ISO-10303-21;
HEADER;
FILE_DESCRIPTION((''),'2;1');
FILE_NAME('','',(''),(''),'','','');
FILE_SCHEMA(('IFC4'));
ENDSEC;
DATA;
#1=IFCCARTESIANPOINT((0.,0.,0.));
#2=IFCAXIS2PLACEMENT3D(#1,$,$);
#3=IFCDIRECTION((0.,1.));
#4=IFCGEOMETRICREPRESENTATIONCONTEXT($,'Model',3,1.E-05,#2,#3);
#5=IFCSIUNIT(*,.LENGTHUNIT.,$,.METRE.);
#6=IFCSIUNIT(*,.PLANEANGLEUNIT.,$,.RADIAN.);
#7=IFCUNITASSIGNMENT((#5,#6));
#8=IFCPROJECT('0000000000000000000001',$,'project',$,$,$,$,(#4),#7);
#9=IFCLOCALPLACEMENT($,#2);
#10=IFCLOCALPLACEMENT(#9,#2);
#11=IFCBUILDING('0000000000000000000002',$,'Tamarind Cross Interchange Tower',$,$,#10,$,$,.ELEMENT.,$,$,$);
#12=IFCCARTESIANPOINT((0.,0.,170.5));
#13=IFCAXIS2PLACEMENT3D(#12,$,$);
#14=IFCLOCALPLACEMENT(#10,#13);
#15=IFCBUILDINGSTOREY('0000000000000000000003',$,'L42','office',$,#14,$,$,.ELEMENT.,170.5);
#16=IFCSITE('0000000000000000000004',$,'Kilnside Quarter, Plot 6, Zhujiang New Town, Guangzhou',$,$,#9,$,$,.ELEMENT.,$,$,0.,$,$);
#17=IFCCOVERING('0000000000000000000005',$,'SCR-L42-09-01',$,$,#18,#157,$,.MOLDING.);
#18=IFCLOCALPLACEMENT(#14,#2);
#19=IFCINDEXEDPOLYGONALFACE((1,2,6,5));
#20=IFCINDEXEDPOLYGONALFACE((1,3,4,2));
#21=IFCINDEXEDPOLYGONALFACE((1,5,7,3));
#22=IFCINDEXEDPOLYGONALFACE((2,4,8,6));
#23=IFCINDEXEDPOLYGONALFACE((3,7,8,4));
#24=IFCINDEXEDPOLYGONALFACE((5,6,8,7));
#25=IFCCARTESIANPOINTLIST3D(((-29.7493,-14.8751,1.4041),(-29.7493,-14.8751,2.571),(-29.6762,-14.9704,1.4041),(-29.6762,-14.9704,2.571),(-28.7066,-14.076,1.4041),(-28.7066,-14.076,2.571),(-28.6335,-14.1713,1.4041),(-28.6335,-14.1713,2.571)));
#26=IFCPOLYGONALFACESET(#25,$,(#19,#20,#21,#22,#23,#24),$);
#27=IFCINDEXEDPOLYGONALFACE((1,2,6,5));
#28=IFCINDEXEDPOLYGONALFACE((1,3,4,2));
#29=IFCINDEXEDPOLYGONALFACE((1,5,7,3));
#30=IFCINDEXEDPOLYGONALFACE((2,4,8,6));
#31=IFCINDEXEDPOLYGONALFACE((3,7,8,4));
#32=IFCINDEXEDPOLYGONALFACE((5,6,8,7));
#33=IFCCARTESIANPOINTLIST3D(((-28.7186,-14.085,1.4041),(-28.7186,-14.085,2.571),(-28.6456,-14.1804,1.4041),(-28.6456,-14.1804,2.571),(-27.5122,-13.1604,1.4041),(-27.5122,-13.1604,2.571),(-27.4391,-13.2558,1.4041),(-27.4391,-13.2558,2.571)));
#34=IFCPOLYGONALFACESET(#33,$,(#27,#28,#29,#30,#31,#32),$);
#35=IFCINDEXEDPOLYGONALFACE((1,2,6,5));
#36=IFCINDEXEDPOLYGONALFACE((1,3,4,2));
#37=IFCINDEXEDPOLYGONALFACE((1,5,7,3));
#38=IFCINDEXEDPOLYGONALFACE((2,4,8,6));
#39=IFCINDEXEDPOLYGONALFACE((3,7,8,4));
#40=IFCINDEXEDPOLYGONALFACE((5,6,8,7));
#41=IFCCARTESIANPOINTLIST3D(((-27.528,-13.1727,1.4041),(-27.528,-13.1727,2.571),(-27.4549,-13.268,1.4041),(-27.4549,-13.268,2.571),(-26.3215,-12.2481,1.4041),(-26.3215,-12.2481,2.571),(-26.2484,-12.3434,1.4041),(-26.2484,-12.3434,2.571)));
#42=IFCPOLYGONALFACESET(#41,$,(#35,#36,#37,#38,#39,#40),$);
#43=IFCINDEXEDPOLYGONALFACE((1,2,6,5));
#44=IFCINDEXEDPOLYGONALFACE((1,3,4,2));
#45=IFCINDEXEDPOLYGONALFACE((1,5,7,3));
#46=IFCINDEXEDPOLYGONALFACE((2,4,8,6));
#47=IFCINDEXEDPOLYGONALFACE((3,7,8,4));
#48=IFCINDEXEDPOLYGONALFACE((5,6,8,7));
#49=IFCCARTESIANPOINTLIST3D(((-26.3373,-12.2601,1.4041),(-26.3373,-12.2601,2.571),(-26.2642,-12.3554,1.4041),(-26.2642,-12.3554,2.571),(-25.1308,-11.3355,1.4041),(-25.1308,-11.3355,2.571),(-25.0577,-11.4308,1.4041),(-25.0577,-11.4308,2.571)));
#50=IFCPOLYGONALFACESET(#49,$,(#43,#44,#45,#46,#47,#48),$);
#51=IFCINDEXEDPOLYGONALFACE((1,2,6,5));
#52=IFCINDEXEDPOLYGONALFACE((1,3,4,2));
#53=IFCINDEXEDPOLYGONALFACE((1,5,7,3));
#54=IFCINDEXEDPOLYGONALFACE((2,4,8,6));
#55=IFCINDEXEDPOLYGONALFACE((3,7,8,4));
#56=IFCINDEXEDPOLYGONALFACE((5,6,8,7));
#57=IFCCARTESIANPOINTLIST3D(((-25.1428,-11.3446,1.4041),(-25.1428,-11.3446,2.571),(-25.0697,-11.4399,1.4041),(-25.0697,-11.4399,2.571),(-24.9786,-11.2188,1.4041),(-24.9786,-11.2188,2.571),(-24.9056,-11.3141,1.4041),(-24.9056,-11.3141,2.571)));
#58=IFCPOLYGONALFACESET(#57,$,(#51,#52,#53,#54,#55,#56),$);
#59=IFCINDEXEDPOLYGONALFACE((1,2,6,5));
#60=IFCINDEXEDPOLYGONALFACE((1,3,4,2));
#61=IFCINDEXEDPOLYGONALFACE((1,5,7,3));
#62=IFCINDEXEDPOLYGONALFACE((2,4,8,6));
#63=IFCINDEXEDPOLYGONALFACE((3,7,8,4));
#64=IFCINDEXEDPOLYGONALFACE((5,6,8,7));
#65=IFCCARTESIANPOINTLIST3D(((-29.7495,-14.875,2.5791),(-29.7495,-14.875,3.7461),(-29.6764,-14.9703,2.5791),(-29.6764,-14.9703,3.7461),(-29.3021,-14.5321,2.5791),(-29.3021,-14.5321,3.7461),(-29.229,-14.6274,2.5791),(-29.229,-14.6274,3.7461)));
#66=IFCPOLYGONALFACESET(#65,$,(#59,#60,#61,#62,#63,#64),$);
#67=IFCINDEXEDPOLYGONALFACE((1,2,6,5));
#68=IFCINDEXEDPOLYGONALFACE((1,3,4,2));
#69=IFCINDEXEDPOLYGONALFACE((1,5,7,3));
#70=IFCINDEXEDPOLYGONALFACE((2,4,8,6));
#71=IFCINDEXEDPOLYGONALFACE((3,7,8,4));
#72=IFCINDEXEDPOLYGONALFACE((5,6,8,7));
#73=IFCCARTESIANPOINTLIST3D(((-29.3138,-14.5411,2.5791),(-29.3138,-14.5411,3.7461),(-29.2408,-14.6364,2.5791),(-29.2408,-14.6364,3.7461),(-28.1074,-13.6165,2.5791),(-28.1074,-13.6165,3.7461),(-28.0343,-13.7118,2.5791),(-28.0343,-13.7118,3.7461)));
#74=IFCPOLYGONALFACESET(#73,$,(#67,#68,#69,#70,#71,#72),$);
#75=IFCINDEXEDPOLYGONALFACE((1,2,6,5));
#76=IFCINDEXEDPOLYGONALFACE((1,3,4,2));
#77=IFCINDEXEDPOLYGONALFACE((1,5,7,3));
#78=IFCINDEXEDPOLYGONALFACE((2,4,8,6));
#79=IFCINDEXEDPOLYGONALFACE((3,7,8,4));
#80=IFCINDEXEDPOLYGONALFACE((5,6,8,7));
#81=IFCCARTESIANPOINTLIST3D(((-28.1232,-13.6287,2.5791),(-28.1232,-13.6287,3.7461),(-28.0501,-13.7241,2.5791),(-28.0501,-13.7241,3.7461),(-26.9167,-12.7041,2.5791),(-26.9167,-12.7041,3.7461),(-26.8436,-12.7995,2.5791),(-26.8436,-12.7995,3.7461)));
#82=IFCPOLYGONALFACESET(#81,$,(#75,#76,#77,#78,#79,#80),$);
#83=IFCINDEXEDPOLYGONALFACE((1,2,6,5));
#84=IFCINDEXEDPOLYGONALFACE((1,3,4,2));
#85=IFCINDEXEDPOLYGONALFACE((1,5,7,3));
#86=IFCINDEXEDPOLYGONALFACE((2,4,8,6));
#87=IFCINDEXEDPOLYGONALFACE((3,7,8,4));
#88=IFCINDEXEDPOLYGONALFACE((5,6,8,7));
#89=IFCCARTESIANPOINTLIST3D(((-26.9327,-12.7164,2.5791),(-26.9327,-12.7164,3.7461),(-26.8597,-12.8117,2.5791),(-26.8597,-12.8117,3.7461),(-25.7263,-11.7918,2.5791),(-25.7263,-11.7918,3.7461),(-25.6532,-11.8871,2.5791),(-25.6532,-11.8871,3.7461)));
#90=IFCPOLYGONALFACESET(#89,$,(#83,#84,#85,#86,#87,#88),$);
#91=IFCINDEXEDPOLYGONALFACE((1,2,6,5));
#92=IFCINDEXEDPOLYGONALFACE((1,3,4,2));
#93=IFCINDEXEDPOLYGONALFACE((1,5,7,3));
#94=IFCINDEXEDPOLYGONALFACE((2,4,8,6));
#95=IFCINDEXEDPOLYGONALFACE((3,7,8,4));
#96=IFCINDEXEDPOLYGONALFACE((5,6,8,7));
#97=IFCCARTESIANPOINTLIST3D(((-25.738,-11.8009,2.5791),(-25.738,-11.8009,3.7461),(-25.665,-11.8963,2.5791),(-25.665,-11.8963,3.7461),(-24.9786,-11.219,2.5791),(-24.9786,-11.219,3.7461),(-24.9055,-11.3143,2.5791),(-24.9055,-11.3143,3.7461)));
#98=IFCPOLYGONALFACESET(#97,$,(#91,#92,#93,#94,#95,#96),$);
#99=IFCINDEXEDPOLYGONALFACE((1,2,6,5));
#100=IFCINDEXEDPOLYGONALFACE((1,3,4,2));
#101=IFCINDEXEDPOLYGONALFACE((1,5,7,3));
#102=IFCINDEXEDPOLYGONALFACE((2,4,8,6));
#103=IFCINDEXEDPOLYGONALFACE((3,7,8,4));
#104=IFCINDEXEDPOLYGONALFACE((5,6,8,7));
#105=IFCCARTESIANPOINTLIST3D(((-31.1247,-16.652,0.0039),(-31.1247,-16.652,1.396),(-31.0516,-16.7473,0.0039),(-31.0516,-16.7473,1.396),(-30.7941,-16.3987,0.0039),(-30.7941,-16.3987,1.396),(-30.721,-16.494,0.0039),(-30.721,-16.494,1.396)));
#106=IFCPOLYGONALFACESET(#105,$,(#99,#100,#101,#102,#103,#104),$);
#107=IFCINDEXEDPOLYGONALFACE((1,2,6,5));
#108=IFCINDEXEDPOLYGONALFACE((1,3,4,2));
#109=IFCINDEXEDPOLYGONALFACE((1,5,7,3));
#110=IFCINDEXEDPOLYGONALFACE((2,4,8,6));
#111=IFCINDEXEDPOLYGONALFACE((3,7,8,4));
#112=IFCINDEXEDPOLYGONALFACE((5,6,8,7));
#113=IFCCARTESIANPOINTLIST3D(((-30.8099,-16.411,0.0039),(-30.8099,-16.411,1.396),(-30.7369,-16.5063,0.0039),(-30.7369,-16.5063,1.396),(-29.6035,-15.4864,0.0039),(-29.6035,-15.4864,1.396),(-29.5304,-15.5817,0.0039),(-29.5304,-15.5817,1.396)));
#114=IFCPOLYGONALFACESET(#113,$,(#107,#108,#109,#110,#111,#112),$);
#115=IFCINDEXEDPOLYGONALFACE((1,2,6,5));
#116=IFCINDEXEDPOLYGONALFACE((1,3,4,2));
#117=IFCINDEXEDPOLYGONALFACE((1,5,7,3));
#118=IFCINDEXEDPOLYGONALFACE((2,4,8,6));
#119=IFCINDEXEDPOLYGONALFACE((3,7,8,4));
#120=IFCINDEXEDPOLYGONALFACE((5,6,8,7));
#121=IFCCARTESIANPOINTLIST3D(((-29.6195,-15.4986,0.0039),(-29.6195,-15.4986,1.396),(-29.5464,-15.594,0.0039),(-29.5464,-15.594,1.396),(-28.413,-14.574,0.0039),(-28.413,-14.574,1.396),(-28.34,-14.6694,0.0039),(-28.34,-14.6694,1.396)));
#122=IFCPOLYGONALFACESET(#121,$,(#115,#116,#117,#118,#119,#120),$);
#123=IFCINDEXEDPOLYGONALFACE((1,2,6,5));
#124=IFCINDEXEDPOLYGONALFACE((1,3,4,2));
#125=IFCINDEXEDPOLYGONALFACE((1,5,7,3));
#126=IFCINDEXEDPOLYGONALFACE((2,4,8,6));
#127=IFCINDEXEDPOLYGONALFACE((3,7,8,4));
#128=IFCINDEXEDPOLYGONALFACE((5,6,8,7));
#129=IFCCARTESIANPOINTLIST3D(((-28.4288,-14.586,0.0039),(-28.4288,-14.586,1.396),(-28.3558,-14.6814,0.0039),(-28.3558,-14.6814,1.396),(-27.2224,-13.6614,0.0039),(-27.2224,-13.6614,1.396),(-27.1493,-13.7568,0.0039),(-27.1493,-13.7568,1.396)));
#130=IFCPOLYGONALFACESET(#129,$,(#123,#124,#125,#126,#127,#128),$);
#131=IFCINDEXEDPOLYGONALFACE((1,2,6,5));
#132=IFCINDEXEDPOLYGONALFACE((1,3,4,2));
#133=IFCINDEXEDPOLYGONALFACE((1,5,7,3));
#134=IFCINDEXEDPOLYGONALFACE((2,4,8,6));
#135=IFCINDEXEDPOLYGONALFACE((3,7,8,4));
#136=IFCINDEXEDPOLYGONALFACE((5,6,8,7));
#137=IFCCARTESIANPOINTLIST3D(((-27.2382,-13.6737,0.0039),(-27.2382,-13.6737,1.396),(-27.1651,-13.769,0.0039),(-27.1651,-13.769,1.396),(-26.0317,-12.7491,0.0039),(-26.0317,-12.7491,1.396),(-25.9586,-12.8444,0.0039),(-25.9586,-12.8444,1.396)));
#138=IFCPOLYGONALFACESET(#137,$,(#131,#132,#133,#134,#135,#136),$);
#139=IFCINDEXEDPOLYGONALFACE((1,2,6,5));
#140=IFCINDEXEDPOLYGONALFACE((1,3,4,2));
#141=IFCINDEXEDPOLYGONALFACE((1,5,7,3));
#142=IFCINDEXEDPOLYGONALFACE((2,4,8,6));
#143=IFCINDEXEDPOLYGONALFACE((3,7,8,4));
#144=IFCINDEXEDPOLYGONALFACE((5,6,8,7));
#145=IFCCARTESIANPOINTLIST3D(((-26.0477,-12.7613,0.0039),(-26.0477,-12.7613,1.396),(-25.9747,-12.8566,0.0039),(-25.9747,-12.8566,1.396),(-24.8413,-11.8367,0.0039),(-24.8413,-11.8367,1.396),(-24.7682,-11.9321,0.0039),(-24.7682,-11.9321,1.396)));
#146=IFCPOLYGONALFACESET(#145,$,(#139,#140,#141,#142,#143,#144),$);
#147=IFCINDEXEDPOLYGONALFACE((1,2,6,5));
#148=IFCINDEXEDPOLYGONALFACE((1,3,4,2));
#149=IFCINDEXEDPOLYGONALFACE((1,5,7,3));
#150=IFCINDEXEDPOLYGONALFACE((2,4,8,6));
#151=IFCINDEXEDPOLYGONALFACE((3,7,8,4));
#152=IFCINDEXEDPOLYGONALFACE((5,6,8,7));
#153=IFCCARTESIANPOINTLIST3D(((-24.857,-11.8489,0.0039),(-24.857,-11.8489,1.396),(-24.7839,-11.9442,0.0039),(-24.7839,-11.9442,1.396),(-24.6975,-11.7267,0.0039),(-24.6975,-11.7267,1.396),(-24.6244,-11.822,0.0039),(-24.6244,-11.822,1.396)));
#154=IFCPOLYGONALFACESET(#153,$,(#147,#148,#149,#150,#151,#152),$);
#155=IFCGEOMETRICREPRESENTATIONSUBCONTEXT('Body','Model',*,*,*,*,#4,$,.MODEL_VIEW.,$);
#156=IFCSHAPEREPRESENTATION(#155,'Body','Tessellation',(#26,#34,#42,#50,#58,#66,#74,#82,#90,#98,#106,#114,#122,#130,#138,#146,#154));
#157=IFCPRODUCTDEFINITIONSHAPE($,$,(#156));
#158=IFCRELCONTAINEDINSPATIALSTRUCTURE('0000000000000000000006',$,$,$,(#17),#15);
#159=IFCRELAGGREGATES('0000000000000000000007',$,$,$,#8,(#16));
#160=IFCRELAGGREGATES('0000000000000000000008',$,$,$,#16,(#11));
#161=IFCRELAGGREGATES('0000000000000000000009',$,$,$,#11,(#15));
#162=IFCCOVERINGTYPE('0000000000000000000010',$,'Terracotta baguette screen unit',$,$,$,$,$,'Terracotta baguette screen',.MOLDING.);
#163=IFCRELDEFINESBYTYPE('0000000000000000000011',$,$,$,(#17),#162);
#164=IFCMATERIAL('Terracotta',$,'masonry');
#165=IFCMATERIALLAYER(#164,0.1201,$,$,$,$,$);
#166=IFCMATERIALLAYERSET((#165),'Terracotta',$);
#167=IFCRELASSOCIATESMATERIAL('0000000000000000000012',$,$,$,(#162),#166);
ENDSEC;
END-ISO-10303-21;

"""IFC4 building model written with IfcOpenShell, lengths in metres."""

from ifc_helpers import new_model, si_unit, direction, frame, origin, origin_2d, place, context, subcontext, project, spatial, rectangle, extrude, material, layer, layer_set, type_object, element, save


model = new_model("IFC4")

# Units and contexts
model_context = context("Model", 3, precision=1e-05, world=origin(), true_north=direction((0.0, 1.0)))
body_context = subcontext(model_context, "Body", "Model", "MODEL_VIEW")
ifc_project = project(units=[si_unit("LENGTHUNIT", "METRE"), si_unit("PLANEANGLEUNIT", "RADIAN")], contexts=[model_context])

# Site, building, storey
site_placement = place(None, origin())
site = spatial("IfcSite", under=ifc_project, at=site_placement, Name="Kilnside Quarter, Plot 6, Zhujiang New Town, Guangzhou", CompositionType="ELEMENT", RefElevation=0.0)
building_placement = place(site_placement, origin())
building = spatial("IfcBuilding", under=site, at=building_placement, Name="Tamarind Cross Interchange Tower", CompositionType="ELEMENT")
storey_placement = place(building_placement, frame((0.0, 0.0, 170.5)))
storey = spatial("IfcBuildingStorey", under=building, at=storey_placement, Name="L42", Description="office", CompositionType="ELEMENT", Elevation=170.5)

# Covering
ifc_material_1 = material(Name="Terracotta", Category="masonry")
ifc_layer_1 = layer(ifc_material_1, 0.1201)
ifc_layer_set_1 = layer_set([ifc_layer_1], Name="Terracotta")
covering_type = type_object("IfcCoveringType", Name="Terracotta baguette screen unit", ElementType="Terracotta baguette screen", PredefinedType="MOLDING", material=ifc_layer_set_1)
covering_1_placement = place(storey_placement, origin())
element("IfcCovering", 1, at=covering_1_placement, inside=storey, type_object=covering_type, Name="SCR-L42-09-01", PredefinedType="MOLDING", context=body_context, shape_type="SweptSolid", body=[
    extrude(rectangle(XDim=1.3137, YDim=0.1201, at=origin_2d()), frame((-29.1914, -14.5232, 1.4041), z_axis=(0.0, 0.0, 1.0), x_axis=(0.793725, 0.608277, 0.0)), (0.0, 0.0, 1.0), 1.167),
    extrude(rectangle(XDim=1.52, YDim=0.1201, at=origin_2d()), frame((-28.0789, -13.6704, 1.4041), z_axis=(0.0, 0.0, 1.0), x_axis=(0.793725, 0.608277, 0.0)), (0.0, 0.0, 1.0), 1.167),
    extrude(rectangle(XDim=1.52, YDim=0.1201, at=origin_2d()), frame((-26.8882, -12.7581, 1.4041), z_axis=(0.0, 0.0, 1.0), x_axis=(0.793725, 0.608277, 0.0)), (0.0, 0.0, 1.0), 1.167),
    extrude(rectangle(XDim=1.52, YDim=0.1201, at=origin_2d()), frame((-25.6975, -11.8455, 1.4041), z_axis=(0.0, 0.0, 1.0), x_axis=(0.793725, 0.608277, 0.0)), (0.0, 0.0, 1.0), 1.167),
    extrude(rectangle(XDim=0.2068, YDim=0.1201, at=origin_2d()), frame((-25.0242, -11.3293, 1.4041), z_axis=(0.0, 0.0, 1.0), x_axis=(0.793725, 0.608277, 0.0)), (0.0, 0.0, 1.0), 1.167),
    extrude(rectangle(XDim=0.5637, YDim=0.1201, at=origin_2d()), frame((-29.4893, -14.7512, 2.5791), z_axis=(0.0, 0.0, 1.0), x_axis=(0.793725, 0.608277, 0.0)), (0.0, 0.0, 1.0), 1.167),
    extrude(rectangle(XDim=1.52, YDim=0.1201, at=origin_2d()), frame((-28.6741, -14.1265, 2.5791), z_axis=(0.0, 0.0, 1.0), x_axis=(0.793725, 0.608277, 0.0)), (0.0, 0.0, 1.0), 1.167),
    extrude(rectangle(XDim=1.52, YDim=0.1201, at=origin_2d()), frame((-27.4834, -13.2141, 2.5791), z_axis=(0.0, 0.0, 1.0), x_axis=(0.793725, 0.608277, 0.0)), (0.0, 0.0, 1.0), 1.167),
    extrude(rectangle(XDim=1.52, YDim=0.1201, at=origin_2d()), frame((-26.293, -12.3018, 2.5791), z_axis=(0.0, 0.0, 1.0), x_axis=(0.793725, 0.608277, 0.0)), (0.0, 0.0, 1.0), 1.167),
    extrude(rectangle(XDim=0.9568, YDim=0.1201, at=origin_2d()), frame((-25.3218, -11.5576, 2.5791), z_axis=(0.0, 0.0, 1.0), x_axis=(0.793725, 0.608277, 0.0)), (0.0, 0.0, 1.0), 1.167),
    extrude(rectangle(XDim=0.4165, YDim=0.1201, at=origin_2d()), frame((-30.9229, -16.573, 0.0039), z_axis=(0.0, 0.0, 1.0), x_axis=(0.793725, 0.608277, 0.0)), (0.0, 0.0, 1.0), 1.3921),
    extrude(rectangle(XDim=1.52, YDim=0.1201, at=origin_2d()), frame((-30.1702, -15.9963, 0.0039), z_axis=(0.0, 0.0, 1.0), x_axis=(0.793725, 0.608277, 0.0)), (0.0, 0.0, 1.0), 1.3921),
    extrude(rectangle(XDim=1.52, YDim=0.1201, at=origin_2d()), frame((-28.9797, -15.084, 0.0039), z_axis=(0.0, 0.0, 1.0), x_axis=(0.793725, 0.608277, 0.0)), (0.0, 0.0, 1.0), 1.3921),
    extrude(rectangle(XDim=1.52, YDim=0.1201, at=origin_2d()), frame((-27.7891, -14.1714, 0.0039), z_axis=(0.0, 0.0, 1.0), x_axis=(0.793725, 0.608277, 0.0)), (0.0, 0.0, 1.0), 1.3921),
    extrude(rectangle(XDim=1.52, YDim=0.1201, at=origin_2d()), frame((-26.5984, -13.259, 0.0039), z_axis=(0.0, 0.0, 1.0), x_axis=(0.793725, 0.608277, 0.0)), (0.0, 0.0, 1.0), 1.3921),
    extrude(rectangle(XDim=1.52, YDim=0.1201, at=origin_2d()), frame((-25.408, -12.3467, 0.0039), z_axis=(0.0, 0.0, 1.0), x_axis=(0.793725, 0.608277, 0.0)), (0.0, 0.0, 1.0), 1.3921),
    extrude(rectangle(XDim=0.2009, YDim=0.1201, at=origin_2d()), frame((-24.7407, -11.8354, 0.0039), z_axis=(0.0, 0.0, 1.0), x_axis=(0.793725, 0.608277, 0.0)), (0.0, 0.0, 1.0), 1.3921),
])

save(model, "model.ifc")
